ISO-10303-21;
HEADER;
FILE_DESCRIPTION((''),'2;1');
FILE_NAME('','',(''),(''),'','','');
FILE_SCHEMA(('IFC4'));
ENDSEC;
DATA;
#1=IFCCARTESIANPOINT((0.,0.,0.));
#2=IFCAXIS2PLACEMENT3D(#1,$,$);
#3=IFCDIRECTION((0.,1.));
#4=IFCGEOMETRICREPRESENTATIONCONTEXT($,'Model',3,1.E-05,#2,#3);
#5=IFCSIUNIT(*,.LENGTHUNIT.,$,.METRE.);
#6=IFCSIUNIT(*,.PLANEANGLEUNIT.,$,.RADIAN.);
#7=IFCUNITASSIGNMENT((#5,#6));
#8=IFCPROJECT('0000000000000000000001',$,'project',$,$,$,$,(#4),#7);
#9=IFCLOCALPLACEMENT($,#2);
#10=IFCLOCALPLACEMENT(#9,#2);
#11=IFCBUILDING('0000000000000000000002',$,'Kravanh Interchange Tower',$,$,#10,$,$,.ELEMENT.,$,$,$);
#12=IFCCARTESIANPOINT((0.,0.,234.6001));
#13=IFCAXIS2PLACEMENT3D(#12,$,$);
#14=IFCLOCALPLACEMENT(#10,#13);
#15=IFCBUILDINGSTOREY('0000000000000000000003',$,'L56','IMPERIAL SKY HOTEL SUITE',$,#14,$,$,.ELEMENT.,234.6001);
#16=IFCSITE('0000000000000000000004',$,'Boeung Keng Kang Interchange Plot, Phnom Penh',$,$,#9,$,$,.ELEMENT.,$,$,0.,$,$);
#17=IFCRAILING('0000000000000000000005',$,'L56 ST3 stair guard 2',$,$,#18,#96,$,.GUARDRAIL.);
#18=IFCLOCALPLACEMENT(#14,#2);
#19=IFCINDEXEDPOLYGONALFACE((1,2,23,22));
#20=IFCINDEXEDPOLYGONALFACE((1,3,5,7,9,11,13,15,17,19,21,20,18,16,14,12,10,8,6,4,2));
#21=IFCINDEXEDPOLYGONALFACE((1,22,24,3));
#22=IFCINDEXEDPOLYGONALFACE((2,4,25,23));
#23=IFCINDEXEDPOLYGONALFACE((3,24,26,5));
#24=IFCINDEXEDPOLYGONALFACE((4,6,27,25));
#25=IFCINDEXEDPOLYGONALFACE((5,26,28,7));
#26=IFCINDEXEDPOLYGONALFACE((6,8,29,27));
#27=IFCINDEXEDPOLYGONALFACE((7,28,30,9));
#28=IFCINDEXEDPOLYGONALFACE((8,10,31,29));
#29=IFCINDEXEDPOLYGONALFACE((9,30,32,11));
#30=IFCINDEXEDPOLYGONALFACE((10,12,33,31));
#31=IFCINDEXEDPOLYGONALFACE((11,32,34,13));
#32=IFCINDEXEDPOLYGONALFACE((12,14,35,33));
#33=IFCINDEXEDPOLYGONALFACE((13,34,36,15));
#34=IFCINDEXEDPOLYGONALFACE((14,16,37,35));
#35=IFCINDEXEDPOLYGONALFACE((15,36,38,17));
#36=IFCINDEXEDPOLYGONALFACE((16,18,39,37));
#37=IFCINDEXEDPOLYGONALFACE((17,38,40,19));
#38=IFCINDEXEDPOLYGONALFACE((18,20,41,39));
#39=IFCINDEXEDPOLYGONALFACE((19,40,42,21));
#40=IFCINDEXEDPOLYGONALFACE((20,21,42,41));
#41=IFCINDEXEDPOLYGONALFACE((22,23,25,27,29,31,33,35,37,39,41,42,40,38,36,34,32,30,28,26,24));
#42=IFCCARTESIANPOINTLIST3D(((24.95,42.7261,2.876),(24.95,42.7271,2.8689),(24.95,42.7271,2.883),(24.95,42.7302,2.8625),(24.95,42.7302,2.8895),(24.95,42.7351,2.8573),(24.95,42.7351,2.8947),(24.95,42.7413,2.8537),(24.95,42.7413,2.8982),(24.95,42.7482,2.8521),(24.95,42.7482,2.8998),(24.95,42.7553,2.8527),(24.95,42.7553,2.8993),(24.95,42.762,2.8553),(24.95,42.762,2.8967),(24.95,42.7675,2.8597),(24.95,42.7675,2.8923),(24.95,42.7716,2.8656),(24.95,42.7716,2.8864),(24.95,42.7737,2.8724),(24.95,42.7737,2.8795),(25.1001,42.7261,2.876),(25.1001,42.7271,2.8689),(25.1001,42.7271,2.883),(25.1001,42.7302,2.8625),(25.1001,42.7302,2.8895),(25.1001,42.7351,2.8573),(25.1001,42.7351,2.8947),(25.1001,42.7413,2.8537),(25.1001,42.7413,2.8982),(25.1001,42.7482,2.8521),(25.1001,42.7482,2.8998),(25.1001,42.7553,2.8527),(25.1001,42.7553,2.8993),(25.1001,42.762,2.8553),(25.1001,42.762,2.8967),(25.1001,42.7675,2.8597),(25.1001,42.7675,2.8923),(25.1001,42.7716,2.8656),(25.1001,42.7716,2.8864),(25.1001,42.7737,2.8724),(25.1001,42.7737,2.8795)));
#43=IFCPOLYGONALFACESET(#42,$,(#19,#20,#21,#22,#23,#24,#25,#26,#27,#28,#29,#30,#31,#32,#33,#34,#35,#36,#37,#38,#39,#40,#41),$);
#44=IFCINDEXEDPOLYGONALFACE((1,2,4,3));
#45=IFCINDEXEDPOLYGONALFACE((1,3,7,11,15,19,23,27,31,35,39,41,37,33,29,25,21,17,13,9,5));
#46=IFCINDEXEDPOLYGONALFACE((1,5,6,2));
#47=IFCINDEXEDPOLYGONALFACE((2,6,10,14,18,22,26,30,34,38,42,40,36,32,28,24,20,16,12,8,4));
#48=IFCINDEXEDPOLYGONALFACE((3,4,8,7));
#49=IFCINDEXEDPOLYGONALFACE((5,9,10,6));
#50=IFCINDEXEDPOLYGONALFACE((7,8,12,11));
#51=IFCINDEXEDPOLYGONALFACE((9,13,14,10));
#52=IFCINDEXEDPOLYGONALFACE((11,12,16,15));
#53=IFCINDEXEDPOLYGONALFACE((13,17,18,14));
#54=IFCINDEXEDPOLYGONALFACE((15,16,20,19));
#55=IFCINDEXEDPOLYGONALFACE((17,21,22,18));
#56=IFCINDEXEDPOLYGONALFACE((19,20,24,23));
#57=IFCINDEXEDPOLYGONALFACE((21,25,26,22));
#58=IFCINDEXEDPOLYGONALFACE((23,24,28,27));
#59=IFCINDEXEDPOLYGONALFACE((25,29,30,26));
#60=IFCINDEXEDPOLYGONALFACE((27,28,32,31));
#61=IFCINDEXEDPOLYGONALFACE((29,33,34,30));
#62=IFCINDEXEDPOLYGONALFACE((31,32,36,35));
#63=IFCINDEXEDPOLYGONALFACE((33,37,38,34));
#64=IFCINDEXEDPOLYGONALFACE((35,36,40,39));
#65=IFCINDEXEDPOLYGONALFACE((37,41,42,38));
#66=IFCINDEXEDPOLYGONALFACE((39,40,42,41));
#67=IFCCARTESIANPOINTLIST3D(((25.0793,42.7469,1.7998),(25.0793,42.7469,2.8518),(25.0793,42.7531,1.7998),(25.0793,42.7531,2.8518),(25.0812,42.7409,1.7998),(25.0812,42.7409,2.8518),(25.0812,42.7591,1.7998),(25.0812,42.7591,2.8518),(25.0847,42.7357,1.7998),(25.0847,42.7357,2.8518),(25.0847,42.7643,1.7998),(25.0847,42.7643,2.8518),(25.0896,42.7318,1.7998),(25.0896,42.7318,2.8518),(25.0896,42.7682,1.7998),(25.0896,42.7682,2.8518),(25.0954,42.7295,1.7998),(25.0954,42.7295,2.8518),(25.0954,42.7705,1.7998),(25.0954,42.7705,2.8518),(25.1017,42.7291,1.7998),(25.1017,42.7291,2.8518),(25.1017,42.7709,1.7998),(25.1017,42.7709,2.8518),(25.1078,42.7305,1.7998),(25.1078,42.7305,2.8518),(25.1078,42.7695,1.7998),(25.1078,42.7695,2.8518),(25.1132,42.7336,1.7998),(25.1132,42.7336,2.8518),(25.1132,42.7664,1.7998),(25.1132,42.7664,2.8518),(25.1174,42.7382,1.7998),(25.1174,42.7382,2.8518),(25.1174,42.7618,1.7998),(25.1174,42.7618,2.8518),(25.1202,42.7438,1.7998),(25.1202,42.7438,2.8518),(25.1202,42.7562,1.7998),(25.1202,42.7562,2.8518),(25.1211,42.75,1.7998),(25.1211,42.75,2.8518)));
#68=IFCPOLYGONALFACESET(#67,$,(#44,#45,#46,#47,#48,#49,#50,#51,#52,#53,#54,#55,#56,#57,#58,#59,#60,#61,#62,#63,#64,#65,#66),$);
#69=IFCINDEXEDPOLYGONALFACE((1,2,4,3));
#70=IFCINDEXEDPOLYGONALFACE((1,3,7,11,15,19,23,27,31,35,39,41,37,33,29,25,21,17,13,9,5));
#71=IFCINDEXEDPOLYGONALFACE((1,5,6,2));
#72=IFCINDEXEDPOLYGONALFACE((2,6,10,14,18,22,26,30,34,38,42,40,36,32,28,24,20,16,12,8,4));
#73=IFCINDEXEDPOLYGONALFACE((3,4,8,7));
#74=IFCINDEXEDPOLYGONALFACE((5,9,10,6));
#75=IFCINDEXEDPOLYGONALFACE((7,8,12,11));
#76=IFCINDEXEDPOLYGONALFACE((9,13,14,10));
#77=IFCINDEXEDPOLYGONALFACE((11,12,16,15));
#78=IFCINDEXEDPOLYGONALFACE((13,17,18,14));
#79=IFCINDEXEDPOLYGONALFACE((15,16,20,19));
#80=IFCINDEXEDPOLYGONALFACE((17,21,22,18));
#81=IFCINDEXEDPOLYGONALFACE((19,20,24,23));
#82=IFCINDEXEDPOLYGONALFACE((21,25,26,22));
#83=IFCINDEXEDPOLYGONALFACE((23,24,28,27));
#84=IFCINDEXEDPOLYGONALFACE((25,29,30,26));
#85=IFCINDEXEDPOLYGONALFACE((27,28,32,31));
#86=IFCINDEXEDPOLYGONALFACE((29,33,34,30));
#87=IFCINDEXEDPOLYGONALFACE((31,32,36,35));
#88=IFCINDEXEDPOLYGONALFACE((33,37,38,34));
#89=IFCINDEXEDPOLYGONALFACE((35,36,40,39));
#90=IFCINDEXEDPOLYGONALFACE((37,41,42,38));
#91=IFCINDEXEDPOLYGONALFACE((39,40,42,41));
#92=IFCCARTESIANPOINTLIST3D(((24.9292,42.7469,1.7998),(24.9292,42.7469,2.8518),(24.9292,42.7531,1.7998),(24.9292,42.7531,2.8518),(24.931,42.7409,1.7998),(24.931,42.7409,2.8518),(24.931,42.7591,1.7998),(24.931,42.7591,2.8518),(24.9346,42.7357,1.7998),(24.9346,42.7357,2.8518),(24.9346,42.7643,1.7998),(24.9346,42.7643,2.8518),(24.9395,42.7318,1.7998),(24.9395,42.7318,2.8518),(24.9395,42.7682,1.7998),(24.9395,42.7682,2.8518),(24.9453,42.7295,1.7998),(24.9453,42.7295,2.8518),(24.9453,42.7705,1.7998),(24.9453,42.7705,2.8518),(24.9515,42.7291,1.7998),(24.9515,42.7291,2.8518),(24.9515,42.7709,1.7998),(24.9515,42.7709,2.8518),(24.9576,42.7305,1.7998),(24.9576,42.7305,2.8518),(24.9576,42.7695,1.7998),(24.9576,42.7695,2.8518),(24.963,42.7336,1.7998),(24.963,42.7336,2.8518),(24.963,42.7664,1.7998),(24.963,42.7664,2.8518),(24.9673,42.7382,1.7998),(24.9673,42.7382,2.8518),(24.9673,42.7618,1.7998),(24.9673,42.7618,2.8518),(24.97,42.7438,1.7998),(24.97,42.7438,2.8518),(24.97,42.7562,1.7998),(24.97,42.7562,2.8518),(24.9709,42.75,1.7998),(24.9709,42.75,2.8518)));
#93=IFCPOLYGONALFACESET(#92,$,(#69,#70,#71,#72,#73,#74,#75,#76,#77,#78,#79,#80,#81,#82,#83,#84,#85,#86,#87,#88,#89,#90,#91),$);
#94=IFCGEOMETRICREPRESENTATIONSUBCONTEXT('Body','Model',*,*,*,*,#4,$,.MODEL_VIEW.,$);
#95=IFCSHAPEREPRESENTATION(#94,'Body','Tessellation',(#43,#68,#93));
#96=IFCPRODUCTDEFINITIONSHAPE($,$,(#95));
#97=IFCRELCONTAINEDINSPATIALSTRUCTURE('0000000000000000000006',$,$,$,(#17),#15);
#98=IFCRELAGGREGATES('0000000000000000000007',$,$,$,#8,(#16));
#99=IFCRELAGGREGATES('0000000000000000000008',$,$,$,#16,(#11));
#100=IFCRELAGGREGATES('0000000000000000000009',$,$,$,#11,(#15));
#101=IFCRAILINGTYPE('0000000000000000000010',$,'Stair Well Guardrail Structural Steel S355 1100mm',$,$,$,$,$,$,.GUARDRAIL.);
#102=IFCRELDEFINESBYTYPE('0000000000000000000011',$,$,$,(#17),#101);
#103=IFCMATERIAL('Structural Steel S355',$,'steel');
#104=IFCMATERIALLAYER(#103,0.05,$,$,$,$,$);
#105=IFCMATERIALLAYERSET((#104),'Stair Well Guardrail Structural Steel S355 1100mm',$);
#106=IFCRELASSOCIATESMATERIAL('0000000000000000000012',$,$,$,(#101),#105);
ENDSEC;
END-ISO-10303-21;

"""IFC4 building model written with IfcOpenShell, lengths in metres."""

from ifc_helpers import new_model, si_unit, direction, frame, origin, origin_2d, place, context, subcontext, project, spatial, circle, extrude, material, layer, layer_set, type_object, element, save


model = new_model("IFC4")

# Units and contexts
model_context = context("Model", 3, precision=1e-05, world=origin(), true_north=direction((0.0, 1.0)))
body_context = subcontext(model_context, "Body", "Model", "MODEL_VIEW")
ifc_project = project(units=[si_unit("LENGTHUNIT", "METRE"), si_unit("PLANEANGLEUNIT", "RADIAN")], contexts=[model_context])

# Site, building, storey
site_placement = place(None, origin())
site = spatial("IfcSite", under=ifc_project, at=site_placement, Name="Boeung Keng Kang Interchange Plot, Phnom Penh", CompositionType="ELEMENT", RefElevation=0.0)
building_placement = place(site_placement, origin())
building = spatial("IfcBuilding", under=site, at=building_placement, Name="Kravanh Interchange Tower", CompositionType="ELEMENT")
storey_placement = place(building_placement, frame((0.0, 0.0, 234.6001)))
storey = spatial("IfcBuildingStorey", under=building, at=storey_placement, Name="L56", Description="IMPERIAL SKY HOTEL SUITE", CompositionType="ELEMENT", Elevation=234.6001)

# Railing
ifc_material_1 = material(Name="Structural Steel S355", Category="steel")
ifc_layer_1 = layer(ifc_material_1, 0.05)
ifc_layer_set_1 = layer_set([ifc_layer_1], Name="Stair Well Guardrail Structural Steel S355 1100mm")
railing_type_1 = type_object("IfcRailingType", Name="Stair Well Guardrail Structural Steel S355 1100mm", PredefinedType="GUARDRAIL", material=ifc_layer_set_1)
railing_1_placement = place(storey_placement, frame((25.1001, 42.75, 1.7998)))
element("IfcRailing", 1, at=railing_1_placement, inside=storey, type_object=railing_type_1, Name="L56 ST3 stair guard 2", PredefinedType="GUARDRAIL", context=body_context, shape_type="SweptSolid", body=[
    extrude(circle(Radius=0.0239, at=origin_2d()), frame((0.0, 0.0, 1.0762), z_axis=(-1.0, 0.0, 0.0), x_axis=(0.0, -1.0, 0.0)), (0.0, 0.0, 1.0), 0.1501),
    extrude(circle(Radius=0.021, at=origin_2d()), origin(), (0.0, 0.0, 1.0), 1.052),
    extrude(circle(Radius=0.021, at=origin_2d()), frame((-0.1501, 0.0, 0.0)), (0.0, 0.0, 1.0), 1.052),
])

save(model, "model.ifc")
